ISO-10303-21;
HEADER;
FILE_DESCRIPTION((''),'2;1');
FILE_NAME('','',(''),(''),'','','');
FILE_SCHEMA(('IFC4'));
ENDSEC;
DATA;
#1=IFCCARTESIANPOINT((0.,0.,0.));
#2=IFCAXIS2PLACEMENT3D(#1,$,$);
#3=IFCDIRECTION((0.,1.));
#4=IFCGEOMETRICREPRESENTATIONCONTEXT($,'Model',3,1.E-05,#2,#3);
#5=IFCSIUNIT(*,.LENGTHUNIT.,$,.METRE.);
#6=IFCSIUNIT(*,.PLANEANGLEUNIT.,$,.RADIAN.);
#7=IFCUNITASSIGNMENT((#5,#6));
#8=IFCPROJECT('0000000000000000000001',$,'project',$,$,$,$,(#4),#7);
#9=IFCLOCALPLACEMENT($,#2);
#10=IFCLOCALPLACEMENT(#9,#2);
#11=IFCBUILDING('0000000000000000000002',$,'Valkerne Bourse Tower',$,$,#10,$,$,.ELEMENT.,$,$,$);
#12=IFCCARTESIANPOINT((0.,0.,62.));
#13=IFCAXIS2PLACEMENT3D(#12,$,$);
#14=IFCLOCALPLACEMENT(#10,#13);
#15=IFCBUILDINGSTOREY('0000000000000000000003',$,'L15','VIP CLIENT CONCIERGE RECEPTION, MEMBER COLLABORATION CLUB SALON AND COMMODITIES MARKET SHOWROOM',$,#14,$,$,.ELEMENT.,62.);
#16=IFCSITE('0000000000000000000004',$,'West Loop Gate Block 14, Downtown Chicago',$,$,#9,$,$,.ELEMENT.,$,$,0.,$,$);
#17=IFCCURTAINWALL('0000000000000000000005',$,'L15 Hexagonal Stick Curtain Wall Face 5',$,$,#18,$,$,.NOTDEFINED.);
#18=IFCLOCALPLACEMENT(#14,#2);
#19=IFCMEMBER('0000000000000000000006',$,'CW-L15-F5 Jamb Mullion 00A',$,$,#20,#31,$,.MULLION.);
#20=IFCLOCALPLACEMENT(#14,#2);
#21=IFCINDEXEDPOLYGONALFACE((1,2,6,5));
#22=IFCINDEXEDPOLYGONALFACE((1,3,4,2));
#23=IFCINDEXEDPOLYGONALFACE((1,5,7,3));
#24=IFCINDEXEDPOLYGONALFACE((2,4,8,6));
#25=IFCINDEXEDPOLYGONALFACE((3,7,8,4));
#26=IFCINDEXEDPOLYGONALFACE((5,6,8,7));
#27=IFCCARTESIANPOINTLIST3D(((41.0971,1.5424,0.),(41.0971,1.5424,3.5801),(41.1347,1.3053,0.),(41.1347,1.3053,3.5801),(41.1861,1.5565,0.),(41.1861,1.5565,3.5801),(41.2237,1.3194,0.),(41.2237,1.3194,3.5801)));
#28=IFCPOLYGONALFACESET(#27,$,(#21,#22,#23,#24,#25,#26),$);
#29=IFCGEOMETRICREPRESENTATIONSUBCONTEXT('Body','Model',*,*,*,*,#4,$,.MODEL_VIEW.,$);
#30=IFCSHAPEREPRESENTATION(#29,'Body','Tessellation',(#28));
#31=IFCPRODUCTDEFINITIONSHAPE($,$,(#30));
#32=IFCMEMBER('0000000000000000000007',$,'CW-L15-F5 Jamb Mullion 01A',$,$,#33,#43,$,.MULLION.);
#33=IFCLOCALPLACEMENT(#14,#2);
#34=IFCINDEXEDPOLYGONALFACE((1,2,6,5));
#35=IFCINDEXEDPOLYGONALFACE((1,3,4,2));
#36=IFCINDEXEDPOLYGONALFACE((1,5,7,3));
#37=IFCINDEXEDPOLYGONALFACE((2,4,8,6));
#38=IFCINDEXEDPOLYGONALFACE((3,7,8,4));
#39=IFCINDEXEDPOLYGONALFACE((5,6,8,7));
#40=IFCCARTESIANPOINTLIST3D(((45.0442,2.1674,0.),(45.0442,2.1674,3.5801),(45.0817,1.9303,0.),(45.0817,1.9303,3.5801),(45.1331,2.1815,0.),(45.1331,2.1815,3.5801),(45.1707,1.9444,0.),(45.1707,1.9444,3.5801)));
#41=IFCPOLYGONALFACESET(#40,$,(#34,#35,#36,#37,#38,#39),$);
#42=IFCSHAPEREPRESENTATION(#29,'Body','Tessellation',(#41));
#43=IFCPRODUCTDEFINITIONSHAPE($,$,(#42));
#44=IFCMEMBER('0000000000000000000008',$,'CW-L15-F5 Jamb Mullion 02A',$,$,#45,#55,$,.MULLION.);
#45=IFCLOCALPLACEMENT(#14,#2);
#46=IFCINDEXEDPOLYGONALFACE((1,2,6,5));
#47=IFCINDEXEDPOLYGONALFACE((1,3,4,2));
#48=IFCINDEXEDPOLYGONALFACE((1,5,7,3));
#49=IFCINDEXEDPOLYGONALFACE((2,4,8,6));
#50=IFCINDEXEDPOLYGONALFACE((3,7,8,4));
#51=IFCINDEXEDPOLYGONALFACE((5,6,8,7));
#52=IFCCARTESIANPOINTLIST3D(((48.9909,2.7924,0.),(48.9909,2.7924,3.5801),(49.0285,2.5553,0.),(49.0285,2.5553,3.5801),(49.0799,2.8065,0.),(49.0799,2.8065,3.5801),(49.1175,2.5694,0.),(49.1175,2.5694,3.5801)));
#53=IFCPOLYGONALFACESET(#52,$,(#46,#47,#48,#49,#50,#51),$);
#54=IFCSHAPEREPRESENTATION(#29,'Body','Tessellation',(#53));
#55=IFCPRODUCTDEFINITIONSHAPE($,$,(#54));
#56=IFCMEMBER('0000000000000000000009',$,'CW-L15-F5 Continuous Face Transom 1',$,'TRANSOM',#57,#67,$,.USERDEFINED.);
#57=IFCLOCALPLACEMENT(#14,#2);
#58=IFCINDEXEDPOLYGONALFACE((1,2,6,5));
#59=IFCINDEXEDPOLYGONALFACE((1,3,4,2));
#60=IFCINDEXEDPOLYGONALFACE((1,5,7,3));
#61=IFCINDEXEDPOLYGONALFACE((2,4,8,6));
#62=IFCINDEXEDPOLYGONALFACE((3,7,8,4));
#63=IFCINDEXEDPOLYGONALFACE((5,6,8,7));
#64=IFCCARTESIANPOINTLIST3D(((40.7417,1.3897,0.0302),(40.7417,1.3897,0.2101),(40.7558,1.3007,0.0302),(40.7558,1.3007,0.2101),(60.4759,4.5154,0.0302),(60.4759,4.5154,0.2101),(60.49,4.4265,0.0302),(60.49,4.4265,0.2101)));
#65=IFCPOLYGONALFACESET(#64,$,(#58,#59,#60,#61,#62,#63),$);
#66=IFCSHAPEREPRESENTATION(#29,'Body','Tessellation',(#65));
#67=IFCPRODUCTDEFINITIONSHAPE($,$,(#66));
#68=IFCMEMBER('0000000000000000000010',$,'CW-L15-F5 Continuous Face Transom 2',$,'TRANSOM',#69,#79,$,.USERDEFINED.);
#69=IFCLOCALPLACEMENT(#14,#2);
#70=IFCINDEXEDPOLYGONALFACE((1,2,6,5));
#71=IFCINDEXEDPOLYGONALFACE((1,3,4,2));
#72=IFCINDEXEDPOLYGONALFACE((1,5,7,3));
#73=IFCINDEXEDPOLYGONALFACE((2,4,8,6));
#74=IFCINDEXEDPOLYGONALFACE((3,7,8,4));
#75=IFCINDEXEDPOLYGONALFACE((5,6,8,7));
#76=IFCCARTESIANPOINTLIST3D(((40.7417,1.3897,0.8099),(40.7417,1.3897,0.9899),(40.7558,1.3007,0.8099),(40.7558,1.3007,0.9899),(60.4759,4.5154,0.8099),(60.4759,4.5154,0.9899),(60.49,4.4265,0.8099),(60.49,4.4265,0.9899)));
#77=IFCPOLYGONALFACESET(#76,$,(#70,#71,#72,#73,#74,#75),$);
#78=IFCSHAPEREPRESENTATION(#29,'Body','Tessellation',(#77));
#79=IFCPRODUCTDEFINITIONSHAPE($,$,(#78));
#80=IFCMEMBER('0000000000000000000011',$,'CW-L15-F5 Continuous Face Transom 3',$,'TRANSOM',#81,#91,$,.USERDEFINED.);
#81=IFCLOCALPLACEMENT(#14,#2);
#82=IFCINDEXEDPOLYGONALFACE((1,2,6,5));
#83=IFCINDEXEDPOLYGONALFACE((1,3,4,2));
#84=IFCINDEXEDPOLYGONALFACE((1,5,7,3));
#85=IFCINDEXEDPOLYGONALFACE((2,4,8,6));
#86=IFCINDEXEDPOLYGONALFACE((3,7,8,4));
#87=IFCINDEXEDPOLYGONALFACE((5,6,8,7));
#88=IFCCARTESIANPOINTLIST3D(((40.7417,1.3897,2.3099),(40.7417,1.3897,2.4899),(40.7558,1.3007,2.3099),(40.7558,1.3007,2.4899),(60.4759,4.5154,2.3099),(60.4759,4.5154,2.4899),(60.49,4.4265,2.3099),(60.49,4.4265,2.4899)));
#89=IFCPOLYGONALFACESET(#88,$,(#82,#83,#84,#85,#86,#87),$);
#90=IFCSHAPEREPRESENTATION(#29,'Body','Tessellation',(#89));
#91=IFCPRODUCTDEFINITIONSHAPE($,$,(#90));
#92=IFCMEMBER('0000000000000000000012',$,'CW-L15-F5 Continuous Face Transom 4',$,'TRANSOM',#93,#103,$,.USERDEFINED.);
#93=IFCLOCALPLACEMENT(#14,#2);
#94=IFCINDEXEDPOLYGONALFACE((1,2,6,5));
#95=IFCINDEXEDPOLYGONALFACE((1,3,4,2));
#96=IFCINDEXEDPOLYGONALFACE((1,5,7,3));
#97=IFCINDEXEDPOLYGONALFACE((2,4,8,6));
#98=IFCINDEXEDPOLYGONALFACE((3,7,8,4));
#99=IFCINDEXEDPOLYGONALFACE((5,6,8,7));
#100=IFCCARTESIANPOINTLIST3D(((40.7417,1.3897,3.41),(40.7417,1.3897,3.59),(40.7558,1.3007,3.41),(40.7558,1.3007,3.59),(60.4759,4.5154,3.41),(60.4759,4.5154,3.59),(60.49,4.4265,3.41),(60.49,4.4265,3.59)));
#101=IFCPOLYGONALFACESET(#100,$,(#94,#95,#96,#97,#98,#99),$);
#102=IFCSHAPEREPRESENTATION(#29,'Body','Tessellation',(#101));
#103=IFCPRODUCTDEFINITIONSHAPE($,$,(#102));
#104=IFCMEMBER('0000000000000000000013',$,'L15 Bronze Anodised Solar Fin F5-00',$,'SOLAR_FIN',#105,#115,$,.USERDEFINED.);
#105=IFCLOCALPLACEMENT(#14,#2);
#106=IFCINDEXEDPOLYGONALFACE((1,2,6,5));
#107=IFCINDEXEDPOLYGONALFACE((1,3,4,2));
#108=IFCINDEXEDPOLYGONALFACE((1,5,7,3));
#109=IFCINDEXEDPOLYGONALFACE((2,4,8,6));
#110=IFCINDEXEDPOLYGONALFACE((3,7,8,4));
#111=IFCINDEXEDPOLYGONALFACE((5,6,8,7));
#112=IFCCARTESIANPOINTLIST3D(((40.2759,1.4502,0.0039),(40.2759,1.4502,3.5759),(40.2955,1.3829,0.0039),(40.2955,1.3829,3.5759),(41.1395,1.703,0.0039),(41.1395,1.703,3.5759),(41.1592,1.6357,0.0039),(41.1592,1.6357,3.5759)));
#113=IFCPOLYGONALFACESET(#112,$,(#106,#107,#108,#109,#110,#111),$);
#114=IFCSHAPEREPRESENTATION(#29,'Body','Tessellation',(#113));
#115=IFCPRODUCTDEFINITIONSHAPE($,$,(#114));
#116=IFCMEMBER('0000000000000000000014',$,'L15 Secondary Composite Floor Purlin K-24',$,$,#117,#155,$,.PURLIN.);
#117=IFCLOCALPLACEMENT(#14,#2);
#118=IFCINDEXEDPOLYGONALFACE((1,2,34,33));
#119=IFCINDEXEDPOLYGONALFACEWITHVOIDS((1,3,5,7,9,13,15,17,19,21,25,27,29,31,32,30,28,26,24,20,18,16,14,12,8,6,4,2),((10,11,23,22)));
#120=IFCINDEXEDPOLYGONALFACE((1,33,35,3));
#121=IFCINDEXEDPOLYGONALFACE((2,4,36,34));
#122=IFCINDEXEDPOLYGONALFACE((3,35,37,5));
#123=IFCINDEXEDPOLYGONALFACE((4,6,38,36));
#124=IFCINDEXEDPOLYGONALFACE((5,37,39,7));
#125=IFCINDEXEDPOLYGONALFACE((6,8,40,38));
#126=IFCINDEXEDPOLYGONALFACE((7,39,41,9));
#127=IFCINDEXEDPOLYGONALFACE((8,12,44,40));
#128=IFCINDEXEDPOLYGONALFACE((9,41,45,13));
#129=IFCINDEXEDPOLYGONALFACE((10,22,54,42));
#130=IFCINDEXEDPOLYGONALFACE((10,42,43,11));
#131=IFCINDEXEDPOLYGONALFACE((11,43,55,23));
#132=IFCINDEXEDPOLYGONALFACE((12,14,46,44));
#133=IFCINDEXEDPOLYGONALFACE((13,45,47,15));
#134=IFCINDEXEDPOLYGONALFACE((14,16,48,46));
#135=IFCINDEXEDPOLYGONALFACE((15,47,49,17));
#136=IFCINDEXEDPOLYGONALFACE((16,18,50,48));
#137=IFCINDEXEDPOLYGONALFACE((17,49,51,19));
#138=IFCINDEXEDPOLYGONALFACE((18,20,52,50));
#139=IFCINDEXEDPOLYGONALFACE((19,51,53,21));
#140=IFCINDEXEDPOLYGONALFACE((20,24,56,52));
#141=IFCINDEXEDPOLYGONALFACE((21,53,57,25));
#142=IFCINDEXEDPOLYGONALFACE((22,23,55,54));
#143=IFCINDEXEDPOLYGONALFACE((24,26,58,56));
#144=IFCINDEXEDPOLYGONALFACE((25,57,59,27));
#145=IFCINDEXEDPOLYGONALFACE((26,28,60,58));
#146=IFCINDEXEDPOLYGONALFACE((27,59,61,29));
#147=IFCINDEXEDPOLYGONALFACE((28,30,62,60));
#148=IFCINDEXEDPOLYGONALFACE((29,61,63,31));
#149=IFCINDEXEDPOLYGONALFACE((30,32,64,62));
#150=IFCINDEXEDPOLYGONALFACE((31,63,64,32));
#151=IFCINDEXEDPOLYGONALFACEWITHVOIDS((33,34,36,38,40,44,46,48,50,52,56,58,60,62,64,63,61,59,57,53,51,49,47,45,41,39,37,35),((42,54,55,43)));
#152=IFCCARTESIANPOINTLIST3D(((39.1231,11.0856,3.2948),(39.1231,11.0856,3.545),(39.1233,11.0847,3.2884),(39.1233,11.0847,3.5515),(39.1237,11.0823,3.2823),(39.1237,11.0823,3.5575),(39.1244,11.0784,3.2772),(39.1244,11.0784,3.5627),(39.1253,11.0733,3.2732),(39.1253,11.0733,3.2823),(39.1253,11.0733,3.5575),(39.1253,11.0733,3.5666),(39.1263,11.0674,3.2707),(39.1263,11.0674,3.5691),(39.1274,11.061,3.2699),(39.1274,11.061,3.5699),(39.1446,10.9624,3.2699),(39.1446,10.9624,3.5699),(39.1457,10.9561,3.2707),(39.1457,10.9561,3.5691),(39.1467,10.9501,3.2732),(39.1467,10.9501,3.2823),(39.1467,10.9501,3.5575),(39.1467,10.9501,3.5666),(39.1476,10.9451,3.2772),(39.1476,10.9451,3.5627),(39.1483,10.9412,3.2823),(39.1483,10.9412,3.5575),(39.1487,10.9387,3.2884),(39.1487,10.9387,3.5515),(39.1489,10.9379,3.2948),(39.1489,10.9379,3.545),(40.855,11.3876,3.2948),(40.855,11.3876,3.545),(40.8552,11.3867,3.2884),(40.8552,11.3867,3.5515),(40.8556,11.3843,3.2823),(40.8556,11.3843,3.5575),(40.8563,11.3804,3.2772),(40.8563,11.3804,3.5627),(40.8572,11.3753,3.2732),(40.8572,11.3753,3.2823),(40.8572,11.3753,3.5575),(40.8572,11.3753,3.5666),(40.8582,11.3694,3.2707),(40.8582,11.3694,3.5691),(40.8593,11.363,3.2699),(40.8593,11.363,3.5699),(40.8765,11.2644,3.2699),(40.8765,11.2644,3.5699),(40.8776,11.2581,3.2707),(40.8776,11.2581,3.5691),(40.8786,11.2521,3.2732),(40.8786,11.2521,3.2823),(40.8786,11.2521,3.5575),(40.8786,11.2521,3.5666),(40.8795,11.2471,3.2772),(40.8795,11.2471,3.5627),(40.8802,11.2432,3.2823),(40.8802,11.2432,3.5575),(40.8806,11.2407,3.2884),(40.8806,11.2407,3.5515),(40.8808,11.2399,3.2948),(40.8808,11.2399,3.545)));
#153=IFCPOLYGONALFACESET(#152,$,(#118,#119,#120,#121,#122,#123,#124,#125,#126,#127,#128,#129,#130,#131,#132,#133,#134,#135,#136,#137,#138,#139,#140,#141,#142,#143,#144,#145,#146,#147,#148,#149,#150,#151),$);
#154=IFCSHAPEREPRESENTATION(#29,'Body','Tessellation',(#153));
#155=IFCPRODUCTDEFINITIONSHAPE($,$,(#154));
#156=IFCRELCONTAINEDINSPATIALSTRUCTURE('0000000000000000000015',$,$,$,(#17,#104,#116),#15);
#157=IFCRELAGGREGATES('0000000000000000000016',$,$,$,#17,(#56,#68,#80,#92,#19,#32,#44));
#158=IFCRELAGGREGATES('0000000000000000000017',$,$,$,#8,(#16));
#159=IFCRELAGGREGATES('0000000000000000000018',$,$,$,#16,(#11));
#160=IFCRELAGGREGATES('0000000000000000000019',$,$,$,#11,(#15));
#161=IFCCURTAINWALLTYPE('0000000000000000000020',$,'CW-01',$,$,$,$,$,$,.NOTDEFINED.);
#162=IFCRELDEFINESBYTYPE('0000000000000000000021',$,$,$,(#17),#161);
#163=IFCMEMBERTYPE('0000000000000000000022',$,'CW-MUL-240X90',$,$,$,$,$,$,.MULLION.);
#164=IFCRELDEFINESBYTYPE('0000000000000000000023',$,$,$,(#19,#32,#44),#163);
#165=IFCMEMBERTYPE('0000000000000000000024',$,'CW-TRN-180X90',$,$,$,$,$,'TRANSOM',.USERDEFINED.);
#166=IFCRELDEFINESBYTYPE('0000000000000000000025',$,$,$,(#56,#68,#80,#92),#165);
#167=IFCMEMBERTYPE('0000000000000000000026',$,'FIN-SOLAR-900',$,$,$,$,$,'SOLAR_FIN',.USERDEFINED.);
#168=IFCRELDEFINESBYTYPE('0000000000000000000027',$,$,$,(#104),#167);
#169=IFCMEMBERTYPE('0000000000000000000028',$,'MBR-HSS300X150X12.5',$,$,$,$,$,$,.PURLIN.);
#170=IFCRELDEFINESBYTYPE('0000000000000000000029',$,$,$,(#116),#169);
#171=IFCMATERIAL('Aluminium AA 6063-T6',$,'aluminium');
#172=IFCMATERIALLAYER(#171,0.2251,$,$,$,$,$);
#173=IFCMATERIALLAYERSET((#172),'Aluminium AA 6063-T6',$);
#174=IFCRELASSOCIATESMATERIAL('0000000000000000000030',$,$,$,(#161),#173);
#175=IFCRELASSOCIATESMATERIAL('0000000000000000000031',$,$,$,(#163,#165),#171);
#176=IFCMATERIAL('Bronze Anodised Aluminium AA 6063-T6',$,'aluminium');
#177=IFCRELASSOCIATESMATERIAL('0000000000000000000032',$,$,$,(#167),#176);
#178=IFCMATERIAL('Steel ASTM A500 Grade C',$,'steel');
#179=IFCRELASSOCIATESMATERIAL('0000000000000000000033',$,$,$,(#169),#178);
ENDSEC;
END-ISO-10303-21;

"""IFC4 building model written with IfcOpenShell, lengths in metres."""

from ifc_helpers import new_model, si_unit, direction, frame, origin, origin_2d, place, context, subcontext, project, spatial, rectangle, hollow_rectangle, extrude, material, layer, layer_set, material_profile, profile_set, type_object, element, aggregate, save


model = new_model("IFC4")

# Units and contexts
model_context = context("Model", 3, precision=1e-05, world=origin(), true_north=direction((0.0, 1.0)))
body_context = subcontext(model_context, "Body", "Model", "MODEL_VIEW")
ifc_project = project(units=[si_unit("LENGTHUNIT", "METRE"), si_unit("PLANEANGLEUNIT", "RADIAN")], contexts=[model_context])

# Site, building, storey
site_placement = place(None, origin())
site = spatial("IfcSite", under=ifc_project, at=site_placement, Name="West Loop Gate Block 14, Downtown Chicago", CompositionType="ELEMENT", RefElevation=0.0)
building_placement = place(site_placement, origin())
building = spatial("IfcBuilding", under=site, at=building_placement, Name="Valkerne Bourse Tower", CompositionType="ELEMENT")
storey_placement = place(building_placement, frame((0.0, 0.0, 62.0)))
storey = spatial("IfcBuildingStorey", under=building, at=storey_placement, Name="L15", Description="VIP CLIENT CONCIERGE RECEPTION, MEMBER COLLABORATION CLUB SALON AND COMMODITIES MARKET SHOWROOM", CompositionType="ELEMENT", Elevation=62.0)

# Curtain wall, members
ifc_material_1 = material(Name="Aluminium AA 6063-T6", Category="aluminium")
ifc_layer_1 = layer(ifc_material_1, 0.2251)
ifc_layer_set_1 = layer_set([ifc_layer_1], Name="Aluminium AA 6063-T6")
curtain_wall_type = type_object("IfcCurtainWallType", Name="CW-01", PredefinedType="NOTDEFINED", material=ifc_layer_set_1)
curtain_wall_placement = place(storey_placement, origin())
curtain_wall = element("IfcCurtainWall", 1, at=curtain_wall_placement, inside=storey, type_object=curtain_wall_type, Name="L15 Hexagonal Stick Curtain Wall Face 5", PredefinedType="NOTDEFINED")
ifc_material_profile_1 = material_profile(ifc_material_1, rectangle(XDim=0.0901, YDim=0.24, at=origin_2d()), Name="CWM-90X240")
ifc_profile_set_1 = profile_set([ifc_material_profile_1], Name="Aluminium AA 6063-T6")
member_type_1 = type_object("IfcMemberType", Name="CW-MUL-240X90", PredefinedType="MULLION", material=ifc_profile_set_1)
member_1_placement = place(storey_placement, frame((41.1604, 1.4309, 0.0), z_axis=(0.0, 0.0, 1.0), x_axis=(0.987689, 0.156432, 0.0)))
member_1 = element("IfcMember", 2, at=member_1_placement, type_object=member_type_1, Name="CW-L15-F5 Jamb Mullion 00A", PredefinedType="MULLION", context=body_context, shape_type="SweptSolid", body=[
    extrude(rectangle(XDim=0.0901, YDim=0.24, at=origin_2d()), origin(), (0.0, 0.0, 1.0), 3.5801),
])
member_2_placement = place(storey_placement, frame((45.1074, 2.0559, 0.0), z_axis=(0.0, 0.0, 1.0), x_axis=(0.987689, 0.156432, 0.0)))
member_2 = element("IfcMember", 3, at=member_2_placement, type_object=member_type_1, Name="CW-L15-F5 Jamb Mullion 01A", PredefinedType="MULLION", context=body_context, shape_type="SweptSolid", body=[
    extrude(rectangle(XDim=0.0901, YDim=0.24, at=origin_2d()), origin(), (0.0, 0.0, 1.0), 3.5801),
])
member_3_placement = place(storey_placement, frame((49.0542, 2.6809, 0.0), z_axis=(0.0, 0.0, 1.0), x_axis=(0.987689, 0.156432, 0.0)))
member_3 = element("IfcMember", 4, at=member_3_placement, type_object=member_type_1, Name="CW-L15-F5 Jamb Mullion 02A", PredefinedType="MULLION", context=body_context, shape_type="SweptSolid", body=[
    extrude(rectangle(XDim=0.0901, YDim=0.24, at=origin_2d()), origin(), (0.0, 0.0, 1.0), 3.5801),
])
ifc_material_profile_2 = material_profile(ifc_material_1, rectangle(XDim=0.0901, YDim=0.1799, at=origin_2d()), Name="CWT-90X180")
ifc_profile_set_2 = profile_set([ifc_material_profile_2], Name="Aluminium AA 6063-T6")
member_type_2 = type_object("IfcMemberType", Name="CW-TRN-180X90", ElementType="TRANSOM", PredefinedType="USERDEFINED", material=ifc_profile_set_2)
member_4_placement = place(storey_placement, frame((40.7488, 1.3452, 0.1201), z_axis=(0.987687, 0.156442, 0.0), x_axis=(-0.156442, 0.987687, 0.0)))
member_4 = element("IfcMember", 5, at=member_4_placement, type_object=member_type_2, Name="CW-L15-F5 Continuous Face Transom 1", ObjectType="TRANSOM", PredefinedType="USERDEFINED", context=body_context, shape_type="SweptSolid", body=[
    extrude(rectangle(XDim=0.0901, YDim=0.1799, at=origin_2d()), origin(), (0.0, 0.0, 1.0), 19.9802),
])
member_5_placement = place(storey_placement, frame((40.7488, 1.3452, 0.8999), z_axis=(0.987687, 0.156442, 0.0), x_axis=(-0.156442, 0.987687, 0.0)))
member_5 = element("IfcMember", 6, at=member_5_placement, type_object=member_type_2, Name="CW-L15-F5 Continuous Face Transom 2", ObjectType="TRANSOM", PredefinedType="USERDEFINED", context=body_context, shape_type="SweptSolid", body=[
    extrude(rectangle(XDim=0.0901, YDim=0.1799, at=origin_2d()), origin(), (0.0, 0.0, 1.0), 19.9802),
])
member_6_placement = place(storey_placement, frame((40.7488, 1.3452, 2.3999), z_axis=(0.987687, 0.156442, 0.0), x_axis=(-0.156442, 0.987687, 0.0)))
member_6 = element("IfcMember", 7, at=member_6_placement, type_object=member_type_2, Name="CW-L15-F5 Continuous Face Transom 3", ObjectType="TRANSOM", PredefinedType="USERDEFINED", context=body_context, shape_type="SweptSolid", body=[
    extrude(rectangle(XDim=0.0901, YDim=0.1799, at=origin_2d()), origin(), (0.0, 0.0, 1.0), 19.9802),
])
member_7_placement = place(storey_placement, frame((40.7488, 1.3452, 3.5), z_axis=(0.987687, 0.156442, 0.0), x_axis=(-0.156442, 0.987687, 0.0)))
member_7 = element("IfcMember", 8, at=member_7_placement, type_object=member_type_2, Name="CW-L15-F5 Continuous Face Transom 4", ObjectType="TRANSOM", PredefinedType="USERDEFINED", context=body_context, shape_type="SweptSolid", body=[
    extrude(rectangle(XDim=0.0901, YDim=0.1799, at=origin_2d()), origin(), (0.0, 0.0, 1.0), 19.9802),
])

# Members
ifc_material_2 = material(Name="Bronze Anodised Aluminium AA 6063-T6", Category="aluminium")
ifc_material_profile_3 = material_profile(ifc_material_2, rectangle(XDim=0.0701, YDim=0.8999, at=origin_2d()), Name="FIN-70X900")
ifc_profile_set_3 = profile_set([ifc_material_profile_3], Name="Bronze Anodised Aluminium AA 6063-T6")
member_type_3 = type_object("IfcMemberType", Name="FIN-SOLAR-900", ElementType="SOLAR_FIN", PredefinedType="USERDEFINED", material=ifc_profile_set_3)
member_8_placement = place(storey_placement, frame((40.7175, 1.543, 0.0039), z_axis=(0.0, 0.0, 1.0), x_axis=(0.280914, -0.959733, 0.0)))
element("IfcMember", 9, at=member_8_placement, inside=storey, type_object=member_type_3, Name="L15 Bronze Anodised Solar Fin F5-00", ObjectType="SOLAR_FIN", PredefinedType="USERDEFINED", context=body_context, shape_type="SweptSolid", body=[
    extrude(rectangle(XDim=0.0701, YDim=0.8999, at=origin_2d()), origin(), (0.0, 0.0, 1.0), 3.572),
])
ifc_material_3 = material(Name="Steel ASTM A500 Grade C", Category="steel")
ifc_material_profile_4 = material_profile(ifc_material_3, hollow_rectangle(XDim=0.1499, YDim=0.3, WallThickness=0.0125, OuterFilletRadius=0.0249, at=origin_2d()), Name="HSS300X150X12.5")
ifc_profile_set_4 = profile_set([ifc_material_profile_4], Name="Steel ASTM A500 Grade C")
member_type_4 = type_object("IfcMemberType", Name="MBR-HSS300X150X12.5", PredefinedType="PURLIN", material=ifc_profile_set_4)
member_9_placement = place(storey_placement, frame((39.136, 11.0117, 3.4199), z_axis=(0.985135, 0.171781, 0.0), x_axis=(-0.171781, 0.985135, 0.0)))
element("IfcMember", 10, at=member_9_placement, inside=storey, type_object=member_type_4, Name="L15 Secondary Composite Floor Purlin K-24", PredefinedType="PURLIN", context=body_context, shape_type="SweptSolid", body=[
    extrude(hollow_rectangle(XDim=0.1499, YDim=0.3, WallThickness=0.0125, OuterFilletRadius=0.0249, at=origin_2d()), origin(), (0.0, 0.0, 1.0), 1.7581),
])

aggregate(curtain_wall, [member_4, member_5, member_6, member_7, member_1, member_2, member_3])

save(model, "model.ifc")
